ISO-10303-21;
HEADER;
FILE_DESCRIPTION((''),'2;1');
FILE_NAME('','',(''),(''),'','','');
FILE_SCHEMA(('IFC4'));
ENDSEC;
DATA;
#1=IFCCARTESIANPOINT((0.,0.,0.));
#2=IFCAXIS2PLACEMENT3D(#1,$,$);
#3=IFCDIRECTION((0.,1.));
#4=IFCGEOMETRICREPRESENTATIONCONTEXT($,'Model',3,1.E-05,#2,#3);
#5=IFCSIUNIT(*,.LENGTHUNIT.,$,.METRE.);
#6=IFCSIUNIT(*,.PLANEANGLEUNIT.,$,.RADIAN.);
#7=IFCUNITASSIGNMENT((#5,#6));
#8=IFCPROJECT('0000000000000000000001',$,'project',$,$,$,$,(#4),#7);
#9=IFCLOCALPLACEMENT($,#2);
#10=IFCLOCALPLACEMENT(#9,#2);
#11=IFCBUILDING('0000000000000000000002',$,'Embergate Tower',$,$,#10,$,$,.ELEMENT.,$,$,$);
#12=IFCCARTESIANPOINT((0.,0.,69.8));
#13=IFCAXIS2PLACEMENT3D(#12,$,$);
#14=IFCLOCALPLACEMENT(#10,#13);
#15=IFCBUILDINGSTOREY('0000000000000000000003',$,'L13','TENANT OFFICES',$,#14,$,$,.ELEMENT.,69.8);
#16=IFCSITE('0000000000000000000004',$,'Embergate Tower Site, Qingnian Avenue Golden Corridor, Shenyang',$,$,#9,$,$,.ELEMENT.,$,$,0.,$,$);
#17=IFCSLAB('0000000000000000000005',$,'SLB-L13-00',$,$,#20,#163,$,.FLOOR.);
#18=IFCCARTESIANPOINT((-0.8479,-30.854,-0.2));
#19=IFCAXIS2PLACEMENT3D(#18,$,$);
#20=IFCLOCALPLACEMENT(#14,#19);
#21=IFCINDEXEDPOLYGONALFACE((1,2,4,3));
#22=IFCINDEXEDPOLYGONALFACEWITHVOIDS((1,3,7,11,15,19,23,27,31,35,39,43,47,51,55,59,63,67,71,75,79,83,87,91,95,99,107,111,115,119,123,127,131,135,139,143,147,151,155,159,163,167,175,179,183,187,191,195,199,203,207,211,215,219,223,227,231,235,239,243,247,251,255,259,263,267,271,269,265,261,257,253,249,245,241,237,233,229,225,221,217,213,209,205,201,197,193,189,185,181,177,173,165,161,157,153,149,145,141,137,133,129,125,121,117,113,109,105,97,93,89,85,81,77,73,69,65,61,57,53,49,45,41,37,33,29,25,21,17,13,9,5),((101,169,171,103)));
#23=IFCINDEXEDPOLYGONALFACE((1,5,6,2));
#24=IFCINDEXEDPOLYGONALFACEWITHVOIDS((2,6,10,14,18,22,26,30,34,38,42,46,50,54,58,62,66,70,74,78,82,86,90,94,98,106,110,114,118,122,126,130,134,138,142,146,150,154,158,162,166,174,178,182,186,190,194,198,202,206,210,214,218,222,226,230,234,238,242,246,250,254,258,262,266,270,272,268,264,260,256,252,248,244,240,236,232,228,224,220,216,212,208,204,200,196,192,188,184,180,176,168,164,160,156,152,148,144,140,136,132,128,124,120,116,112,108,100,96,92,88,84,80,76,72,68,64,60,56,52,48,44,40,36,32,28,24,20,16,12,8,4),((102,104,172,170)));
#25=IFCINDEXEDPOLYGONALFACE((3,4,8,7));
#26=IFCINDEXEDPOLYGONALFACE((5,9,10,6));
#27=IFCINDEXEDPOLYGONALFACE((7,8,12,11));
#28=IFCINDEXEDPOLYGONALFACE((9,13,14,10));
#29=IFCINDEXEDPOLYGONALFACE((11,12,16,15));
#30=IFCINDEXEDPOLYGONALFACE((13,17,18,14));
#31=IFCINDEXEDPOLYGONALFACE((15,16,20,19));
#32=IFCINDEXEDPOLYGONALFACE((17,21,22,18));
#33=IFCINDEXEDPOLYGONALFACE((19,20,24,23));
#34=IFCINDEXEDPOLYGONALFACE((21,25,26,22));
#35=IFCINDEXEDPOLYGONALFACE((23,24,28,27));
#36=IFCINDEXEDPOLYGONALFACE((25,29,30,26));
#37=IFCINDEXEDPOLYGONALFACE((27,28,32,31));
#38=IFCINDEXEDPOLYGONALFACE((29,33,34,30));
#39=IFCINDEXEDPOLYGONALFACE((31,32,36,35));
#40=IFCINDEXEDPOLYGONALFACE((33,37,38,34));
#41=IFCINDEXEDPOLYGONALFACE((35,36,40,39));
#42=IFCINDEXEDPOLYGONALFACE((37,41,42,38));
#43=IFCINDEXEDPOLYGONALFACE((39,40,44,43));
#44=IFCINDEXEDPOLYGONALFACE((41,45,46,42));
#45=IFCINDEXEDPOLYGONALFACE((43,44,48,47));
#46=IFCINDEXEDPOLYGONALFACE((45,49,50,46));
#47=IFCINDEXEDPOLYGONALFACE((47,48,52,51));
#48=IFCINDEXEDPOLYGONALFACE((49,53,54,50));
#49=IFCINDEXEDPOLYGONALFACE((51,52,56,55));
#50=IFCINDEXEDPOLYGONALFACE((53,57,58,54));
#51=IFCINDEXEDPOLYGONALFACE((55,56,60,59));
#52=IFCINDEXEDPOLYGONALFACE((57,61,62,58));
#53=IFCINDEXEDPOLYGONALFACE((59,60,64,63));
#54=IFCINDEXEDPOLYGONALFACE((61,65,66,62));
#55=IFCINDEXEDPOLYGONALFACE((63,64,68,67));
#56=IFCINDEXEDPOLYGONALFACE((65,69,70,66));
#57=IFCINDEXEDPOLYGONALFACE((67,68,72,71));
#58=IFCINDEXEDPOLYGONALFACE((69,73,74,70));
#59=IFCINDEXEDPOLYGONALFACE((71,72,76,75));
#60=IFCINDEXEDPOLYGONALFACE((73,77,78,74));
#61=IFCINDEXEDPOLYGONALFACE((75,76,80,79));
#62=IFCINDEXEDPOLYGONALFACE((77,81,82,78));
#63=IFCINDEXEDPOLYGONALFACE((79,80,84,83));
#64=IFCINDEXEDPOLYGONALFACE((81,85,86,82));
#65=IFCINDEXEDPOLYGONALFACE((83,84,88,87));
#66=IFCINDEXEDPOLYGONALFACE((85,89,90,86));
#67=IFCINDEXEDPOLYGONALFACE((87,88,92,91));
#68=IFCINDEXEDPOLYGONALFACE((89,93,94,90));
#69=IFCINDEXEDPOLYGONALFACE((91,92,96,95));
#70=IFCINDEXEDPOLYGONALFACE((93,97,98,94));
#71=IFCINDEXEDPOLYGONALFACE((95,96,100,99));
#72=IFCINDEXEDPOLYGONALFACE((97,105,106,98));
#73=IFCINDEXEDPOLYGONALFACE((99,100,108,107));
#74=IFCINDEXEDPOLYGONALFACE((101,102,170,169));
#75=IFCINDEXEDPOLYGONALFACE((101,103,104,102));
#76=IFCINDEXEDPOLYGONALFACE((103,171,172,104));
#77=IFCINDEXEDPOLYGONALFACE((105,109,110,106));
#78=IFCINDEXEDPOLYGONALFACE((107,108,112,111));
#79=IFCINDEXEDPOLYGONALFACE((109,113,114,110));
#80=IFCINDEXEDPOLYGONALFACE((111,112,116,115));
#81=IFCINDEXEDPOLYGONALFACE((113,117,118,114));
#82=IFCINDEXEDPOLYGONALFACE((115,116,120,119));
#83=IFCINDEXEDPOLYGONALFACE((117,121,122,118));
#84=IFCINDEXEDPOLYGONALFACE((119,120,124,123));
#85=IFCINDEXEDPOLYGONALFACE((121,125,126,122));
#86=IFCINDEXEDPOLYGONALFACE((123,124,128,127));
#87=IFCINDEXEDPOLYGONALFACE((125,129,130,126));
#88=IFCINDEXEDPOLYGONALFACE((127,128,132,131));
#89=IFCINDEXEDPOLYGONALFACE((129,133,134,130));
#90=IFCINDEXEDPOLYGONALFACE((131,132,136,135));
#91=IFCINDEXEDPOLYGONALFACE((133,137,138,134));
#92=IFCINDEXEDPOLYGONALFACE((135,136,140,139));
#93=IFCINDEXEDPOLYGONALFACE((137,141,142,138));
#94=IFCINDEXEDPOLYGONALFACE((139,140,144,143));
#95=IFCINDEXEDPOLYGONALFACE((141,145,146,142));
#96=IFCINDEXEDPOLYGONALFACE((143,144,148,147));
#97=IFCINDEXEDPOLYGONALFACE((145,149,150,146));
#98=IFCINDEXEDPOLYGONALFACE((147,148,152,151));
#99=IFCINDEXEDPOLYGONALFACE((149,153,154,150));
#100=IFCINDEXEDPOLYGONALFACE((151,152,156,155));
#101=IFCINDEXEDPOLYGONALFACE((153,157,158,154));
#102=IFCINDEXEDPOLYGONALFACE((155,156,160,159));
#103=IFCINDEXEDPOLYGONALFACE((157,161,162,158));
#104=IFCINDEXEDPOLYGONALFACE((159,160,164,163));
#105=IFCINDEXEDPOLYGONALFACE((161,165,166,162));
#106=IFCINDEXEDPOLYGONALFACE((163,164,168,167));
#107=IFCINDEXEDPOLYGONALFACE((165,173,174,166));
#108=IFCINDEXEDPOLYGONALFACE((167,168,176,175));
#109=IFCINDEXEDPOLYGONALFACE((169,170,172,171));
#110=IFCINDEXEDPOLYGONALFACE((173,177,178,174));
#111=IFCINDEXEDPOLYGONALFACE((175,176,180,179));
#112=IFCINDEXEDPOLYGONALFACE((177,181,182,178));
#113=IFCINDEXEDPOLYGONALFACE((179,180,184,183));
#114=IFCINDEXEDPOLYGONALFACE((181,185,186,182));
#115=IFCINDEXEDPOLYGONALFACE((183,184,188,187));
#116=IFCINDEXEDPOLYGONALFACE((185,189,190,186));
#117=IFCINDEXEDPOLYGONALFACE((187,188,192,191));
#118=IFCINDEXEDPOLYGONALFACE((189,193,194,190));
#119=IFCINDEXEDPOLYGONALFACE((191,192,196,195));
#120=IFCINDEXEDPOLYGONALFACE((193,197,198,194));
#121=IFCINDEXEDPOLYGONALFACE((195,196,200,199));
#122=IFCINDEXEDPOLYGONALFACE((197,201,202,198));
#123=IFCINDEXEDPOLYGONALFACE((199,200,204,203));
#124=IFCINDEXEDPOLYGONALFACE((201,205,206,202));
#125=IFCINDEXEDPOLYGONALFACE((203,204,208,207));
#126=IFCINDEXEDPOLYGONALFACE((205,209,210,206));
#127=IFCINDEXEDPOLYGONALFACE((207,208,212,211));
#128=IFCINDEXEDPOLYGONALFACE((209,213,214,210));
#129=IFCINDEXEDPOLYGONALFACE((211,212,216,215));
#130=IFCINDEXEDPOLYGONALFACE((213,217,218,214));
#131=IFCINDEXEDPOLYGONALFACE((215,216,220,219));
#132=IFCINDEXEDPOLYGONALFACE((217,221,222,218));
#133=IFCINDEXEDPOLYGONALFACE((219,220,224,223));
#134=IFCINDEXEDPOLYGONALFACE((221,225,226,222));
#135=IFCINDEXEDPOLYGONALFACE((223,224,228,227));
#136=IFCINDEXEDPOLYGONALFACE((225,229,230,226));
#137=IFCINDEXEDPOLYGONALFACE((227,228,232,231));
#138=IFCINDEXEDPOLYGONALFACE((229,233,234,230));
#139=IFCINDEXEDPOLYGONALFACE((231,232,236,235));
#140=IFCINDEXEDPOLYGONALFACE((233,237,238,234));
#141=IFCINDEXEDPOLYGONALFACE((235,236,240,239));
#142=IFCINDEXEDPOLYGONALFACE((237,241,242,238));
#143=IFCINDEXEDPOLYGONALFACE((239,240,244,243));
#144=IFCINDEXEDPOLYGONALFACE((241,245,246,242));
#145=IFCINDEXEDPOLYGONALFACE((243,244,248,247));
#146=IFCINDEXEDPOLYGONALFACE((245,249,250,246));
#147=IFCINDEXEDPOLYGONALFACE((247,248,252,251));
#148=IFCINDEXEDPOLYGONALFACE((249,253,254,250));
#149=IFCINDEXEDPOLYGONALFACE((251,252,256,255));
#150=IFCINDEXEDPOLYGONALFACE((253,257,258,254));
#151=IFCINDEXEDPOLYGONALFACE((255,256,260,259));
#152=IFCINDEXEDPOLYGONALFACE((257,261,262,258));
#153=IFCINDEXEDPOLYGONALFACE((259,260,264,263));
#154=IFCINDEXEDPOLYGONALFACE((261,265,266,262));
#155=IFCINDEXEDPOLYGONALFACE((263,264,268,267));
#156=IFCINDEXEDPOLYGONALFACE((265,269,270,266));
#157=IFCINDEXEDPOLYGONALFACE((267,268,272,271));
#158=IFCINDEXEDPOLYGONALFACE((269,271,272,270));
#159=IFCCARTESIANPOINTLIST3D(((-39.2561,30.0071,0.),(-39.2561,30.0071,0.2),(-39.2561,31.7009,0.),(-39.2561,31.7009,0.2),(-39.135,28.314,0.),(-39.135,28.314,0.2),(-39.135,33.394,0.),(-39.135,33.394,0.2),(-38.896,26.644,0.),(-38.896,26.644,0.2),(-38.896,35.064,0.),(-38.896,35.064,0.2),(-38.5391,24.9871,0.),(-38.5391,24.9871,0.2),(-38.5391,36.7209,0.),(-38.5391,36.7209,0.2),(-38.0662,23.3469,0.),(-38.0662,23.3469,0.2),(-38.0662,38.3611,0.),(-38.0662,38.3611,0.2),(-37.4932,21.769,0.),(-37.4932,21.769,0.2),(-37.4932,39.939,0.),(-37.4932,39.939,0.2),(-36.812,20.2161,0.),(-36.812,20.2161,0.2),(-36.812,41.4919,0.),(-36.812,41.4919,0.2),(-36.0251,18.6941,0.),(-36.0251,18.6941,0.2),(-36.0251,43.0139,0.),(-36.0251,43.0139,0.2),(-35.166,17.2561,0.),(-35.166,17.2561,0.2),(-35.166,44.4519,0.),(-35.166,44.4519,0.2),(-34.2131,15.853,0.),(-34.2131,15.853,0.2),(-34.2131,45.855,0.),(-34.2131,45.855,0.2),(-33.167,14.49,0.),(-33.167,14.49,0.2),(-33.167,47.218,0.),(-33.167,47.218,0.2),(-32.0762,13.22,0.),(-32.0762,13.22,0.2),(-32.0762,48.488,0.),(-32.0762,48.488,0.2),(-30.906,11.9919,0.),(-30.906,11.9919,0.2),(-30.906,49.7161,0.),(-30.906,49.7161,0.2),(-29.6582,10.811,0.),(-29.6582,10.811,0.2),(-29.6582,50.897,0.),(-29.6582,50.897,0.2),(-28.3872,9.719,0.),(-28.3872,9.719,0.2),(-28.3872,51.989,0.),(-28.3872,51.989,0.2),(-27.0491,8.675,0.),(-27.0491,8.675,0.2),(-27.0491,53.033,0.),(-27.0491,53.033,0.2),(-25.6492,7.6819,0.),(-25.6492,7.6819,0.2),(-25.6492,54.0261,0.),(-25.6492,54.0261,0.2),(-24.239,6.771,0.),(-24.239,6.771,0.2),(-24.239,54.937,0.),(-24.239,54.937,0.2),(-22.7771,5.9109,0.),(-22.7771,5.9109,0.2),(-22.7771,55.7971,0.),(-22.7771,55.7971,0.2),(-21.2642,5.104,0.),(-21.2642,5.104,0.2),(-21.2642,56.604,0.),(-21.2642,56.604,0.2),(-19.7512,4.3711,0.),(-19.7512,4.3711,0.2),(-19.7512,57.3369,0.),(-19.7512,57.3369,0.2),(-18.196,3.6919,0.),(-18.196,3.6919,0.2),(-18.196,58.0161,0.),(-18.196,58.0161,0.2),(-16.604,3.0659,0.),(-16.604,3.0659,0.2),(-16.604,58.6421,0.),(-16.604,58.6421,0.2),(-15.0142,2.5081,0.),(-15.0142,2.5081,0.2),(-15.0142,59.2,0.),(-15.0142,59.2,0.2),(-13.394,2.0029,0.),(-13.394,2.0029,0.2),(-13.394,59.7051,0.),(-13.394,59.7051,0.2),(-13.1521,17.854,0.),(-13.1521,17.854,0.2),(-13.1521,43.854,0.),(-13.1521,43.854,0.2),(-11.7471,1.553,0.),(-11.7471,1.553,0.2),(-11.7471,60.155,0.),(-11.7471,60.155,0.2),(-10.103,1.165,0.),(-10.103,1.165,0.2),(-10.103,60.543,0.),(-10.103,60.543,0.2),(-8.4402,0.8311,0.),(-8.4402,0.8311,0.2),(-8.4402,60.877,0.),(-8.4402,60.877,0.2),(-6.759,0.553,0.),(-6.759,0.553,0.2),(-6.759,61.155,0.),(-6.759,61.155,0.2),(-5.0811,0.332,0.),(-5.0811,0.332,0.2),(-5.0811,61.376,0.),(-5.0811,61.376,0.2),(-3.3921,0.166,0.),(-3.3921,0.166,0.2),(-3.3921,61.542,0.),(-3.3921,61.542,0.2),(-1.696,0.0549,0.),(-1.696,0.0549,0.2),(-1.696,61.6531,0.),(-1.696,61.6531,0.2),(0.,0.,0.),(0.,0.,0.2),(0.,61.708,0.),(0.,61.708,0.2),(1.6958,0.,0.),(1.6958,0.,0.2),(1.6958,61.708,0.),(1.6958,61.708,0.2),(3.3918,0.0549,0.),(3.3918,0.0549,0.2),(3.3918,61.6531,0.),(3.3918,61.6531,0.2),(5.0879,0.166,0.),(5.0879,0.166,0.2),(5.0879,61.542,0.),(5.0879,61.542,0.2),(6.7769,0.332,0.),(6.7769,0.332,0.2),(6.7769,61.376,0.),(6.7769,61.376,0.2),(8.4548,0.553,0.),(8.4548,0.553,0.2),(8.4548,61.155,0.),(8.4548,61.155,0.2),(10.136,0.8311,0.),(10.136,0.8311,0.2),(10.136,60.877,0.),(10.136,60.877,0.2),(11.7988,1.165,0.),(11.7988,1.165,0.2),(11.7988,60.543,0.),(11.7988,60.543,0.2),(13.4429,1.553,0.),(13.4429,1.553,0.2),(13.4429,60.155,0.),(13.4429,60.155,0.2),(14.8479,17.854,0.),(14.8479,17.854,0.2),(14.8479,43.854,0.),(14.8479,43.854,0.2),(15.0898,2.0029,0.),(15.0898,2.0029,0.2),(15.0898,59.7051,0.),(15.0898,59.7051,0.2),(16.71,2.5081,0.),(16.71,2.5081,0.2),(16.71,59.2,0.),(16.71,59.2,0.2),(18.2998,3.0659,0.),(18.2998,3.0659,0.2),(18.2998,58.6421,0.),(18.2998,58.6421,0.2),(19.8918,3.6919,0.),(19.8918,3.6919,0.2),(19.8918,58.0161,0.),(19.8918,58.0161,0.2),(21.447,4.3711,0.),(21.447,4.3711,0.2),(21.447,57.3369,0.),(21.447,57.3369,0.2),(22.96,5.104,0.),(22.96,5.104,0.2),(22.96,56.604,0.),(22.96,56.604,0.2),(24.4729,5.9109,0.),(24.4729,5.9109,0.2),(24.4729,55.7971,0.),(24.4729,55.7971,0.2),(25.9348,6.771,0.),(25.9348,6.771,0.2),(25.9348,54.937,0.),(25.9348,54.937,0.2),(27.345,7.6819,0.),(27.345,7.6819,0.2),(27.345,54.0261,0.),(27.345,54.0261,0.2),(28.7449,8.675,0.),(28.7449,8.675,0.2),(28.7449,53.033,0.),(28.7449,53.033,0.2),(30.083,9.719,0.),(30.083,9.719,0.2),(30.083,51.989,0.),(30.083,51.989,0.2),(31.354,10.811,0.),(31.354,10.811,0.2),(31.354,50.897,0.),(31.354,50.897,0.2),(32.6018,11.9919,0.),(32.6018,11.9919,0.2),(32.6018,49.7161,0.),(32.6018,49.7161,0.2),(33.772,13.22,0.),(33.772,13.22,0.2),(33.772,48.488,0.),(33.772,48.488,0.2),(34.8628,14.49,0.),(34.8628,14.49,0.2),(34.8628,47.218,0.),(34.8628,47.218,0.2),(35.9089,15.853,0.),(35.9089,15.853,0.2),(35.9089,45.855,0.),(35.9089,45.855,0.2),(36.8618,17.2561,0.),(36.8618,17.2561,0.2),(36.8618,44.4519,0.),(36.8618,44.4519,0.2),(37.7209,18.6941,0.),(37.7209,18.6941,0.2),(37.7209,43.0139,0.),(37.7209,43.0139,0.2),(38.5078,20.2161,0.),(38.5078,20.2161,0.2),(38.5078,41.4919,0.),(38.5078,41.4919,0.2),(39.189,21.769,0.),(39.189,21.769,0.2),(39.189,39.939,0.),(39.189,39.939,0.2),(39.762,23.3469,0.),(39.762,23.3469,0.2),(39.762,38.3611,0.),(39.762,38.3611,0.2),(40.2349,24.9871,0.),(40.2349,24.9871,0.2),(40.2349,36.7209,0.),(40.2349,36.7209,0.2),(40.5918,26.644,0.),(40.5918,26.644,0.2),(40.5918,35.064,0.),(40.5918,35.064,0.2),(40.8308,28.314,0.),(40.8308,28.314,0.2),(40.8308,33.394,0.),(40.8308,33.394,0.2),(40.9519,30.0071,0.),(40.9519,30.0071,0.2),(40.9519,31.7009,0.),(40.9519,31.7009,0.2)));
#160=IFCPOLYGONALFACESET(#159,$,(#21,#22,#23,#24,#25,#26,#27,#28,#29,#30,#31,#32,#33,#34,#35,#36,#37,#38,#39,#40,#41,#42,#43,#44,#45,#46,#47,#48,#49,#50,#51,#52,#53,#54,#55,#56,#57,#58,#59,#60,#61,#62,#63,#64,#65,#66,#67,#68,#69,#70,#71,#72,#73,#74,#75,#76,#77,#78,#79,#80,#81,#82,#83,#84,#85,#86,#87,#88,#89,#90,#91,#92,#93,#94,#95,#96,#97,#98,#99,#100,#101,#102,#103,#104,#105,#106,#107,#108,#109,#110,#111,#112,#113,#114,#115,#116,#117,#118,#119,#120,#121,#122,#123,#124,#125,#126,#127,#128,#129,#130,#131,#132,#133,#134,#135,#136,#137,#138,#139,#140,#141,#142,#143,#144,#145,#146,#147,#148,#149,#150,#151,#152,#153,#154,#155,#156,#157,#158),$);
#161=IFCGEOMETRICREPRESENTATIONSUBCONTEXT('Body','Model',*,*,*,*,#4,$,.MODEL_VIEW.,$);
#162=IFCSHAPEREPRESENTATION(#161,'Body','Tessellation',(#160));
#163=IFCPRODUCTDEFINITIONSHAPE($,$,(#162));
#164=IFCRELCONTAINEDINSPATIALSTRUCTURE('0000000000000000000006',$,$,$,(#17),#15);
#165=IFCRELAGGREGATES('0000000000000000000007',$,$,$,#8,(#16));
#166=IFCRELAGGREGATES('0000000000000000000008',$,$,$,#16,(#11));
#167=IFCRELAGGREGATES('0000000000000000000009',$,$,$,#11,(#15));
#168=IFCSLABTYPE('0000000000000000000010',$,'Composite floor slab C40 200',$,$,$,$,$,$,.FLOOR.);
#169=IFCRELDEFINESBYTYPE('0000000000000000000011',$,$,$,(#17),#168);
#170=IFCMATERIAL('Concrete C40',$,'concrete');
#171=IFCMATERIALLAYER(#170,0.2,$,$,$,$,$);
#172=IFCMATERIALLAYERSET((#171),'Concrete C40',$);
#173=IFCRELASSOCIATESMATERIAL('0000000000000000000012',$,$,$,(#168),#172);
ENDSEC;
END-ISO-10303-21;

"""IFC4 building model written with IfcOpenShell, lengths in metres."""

from ifc_helpers import new_model, si_unit, direction, frame, origin, place, context, subcontext, project, spatial, polyline, outline, extrude, source, transform, mapped, material, layer, layer_set, type_object, element, save


model = new_model("IFC4")

# Units and contexts
model_context = context("Model", 3, precision=1e-05, world=origin(), true_north=direction((0.0, 1.0)))
body_context = subcontext(model_context, "Body", "Model", "MODEL_VIEW")
ifc_project = project(units=[si_unit("LENGTHUNIT", "METRE"), si_unit("PLANEANGLEUNIT", "RADIAN")], contexts=[model_context])

# Site, building, storey
site_placement = place(None, origin())
site = spatial("IfcSite", under=ifc_project, at=site_placement, Name="Embergate Tower Site, Qingnian Avenue Golden Corridor, Shenyang", CompositionType="ELEMENT", RefElevation=0.0)
building_placement = place(site_placement, origin())
building = spatial("IfcBuilding", under=site, at=building_placement, Name="Embergate Tower", CompositionType="ELEMENT")
storey_placement = place(building_placement, frame((0.0, 0.0, 69.8)))
storey = spatial("IfcBuildingStorey", under=building, at=storey_placement, Name="L13", Description="TENANT OFFICES", CompositionType="ELEMENT", Elevation=69.8)

# Slab
ifc_material_1 = material(Name="Concrete C40", Category="concrete")
ifc_layer_1 = layer(ifc_material_1, 0.2)
ifc_layer_set_1 = layer_set([ifc_layer_1], Name="Concrete C40")
slab_type = type_object("IfcSlabType", Name="Composite floor slab C40 200", PredefinedType="FLOOR", material=ifc_layer_set_1)
shared_shape_1 = source(origin(), body_context, "Body", "SweptSolid", [
    extrude(outline(polyline([(0.0, 0.0), (1.6958, 0.0), (3.3918, 0.0549), (5.0879, 0.166), (6.7769, 0.332), (8.4548, 0.553), (10.136, 0.8311), (11.7988, 1.165), (13.4429, 1.553), (15.0898, 2.0029), (16.71, 2.5081), (18.2998, 3.0659), (19.8918, 3.6919), (21.447, 4.3711), (22.96, 5.104), (24.4729, 5.9109), (25.9348, 6.771), (27.345, 7.6819), (28.7449, 8.675), (30.083, 9.719), (31.354, 10.811), (32.6018, 11.9919), (33.772, 13.22), (34.8628, 14.49), (35.9089, 15.853), (36.8618, 17.2561), (37.7209, 18.6941), (38.5078, 20.2161), (39.189, 21.769), (39.762, 23.3469), (40.2349, 24.9871), (40.5918, 26.644), (40.8308, 28.314), (40.9519, 30.0071), (40.9519, 31.7009), (40.8308, 33.394), (40.5918, 35.064), (40.2349, 36.7209), (39.762, 38.3611), (39.189, 39.939), (38.5078, 41.4919), (37.7209, 43.0139), (36.8618, 44.4519), (35.9089, 45.855), (34.8628, 47.218), (33.772, 48.488), (32.6018, 49.7161), (31.354, 50.897), (30.083, 51.989), (28.7449, 53.033), (27.345, 54.0261), (25.9348, 54.937), (24.4729, 55.7971), (22.96, 56.604), (21.447, 57.3369), (19.8918, 58.0161), (18.2998, 58.6421), (16.71, 59.2), (15.0898, 59.7051), (13.4429, 60.155), (11.7988, 60.543), (10.136, 60.877), (8.4548, 61.155), (6.7769, 61.376), (5.0879, 61.542), (3.3918, 61.6531), (1.6958, 61.708), (0.0, 61.708), (-1.696, 61.6531), (-3.3921, 61.542), (-5.0811, 61.376), (-6.759, 61.155), (-8.4402, 60.877), (-10.103, 60.543), (-11.7471, 60.155), (-13.394, 59.7051), (-15.0142, 59.2), (-16.604, 58.6421), (-18.196, 58.0161), (-19.7512, 57.3369), (-21.2642, 56.604), (-22.7771, 55.7971), (-24.239, 54.937), (-25.6492, 54.0261), (-27.0491, 53.033), (-28.3872, 51.989), (-29.6582, 50.897), (-30.906, 49.7161), (-32.0762, 48.488), (-33.167, 47.218), (-34.2131, 45.855), (-35.166, 44.4519), (-36.0251, 43.0139), (-36.812, 41.4919), (-37.4932, 39.939), (-38.0662, 38.3611), (-38.5391, 36.7209), (-38.896, 35.064), (-39.135, 33.394), (-39.2561, 31.7009), (-39.2561, 30.0071), (-39.135, 28.314), (-38.896, 26.644), (-38.5391, 24.9871), (-38.0662, 23.3469), (-37.4932, 21.769), (-36.812, 20.2161), (-36.0251, 18.6941), (-35.166, 17.2561), (-34.2131, 15.853), (-33.167, 14.49), (-32.0762, 13.22), (-30.906, 11.9919), (-29.6582, 10.811), (-28.3872, 9.719), (-27.0491, 8.675), (-25.6492, 7.6819), (-24.239, 6.771), (-22.7771, 5.9109), (-21.2642, 5.104), (-19.7512, 4.3711), (-18.196, 3.6919), (-16.604, 3.0659), (-15.0142, 2.5081), (-13.394, 2.0029), (-11.7471, 1.553), (-10.103, 1.165), (-8.4402, 0.8311), (-6.759, 0.553), (-5.0811, 0.332), (-3.3921, 0.166), (-1.696, 0.0549), (0.0, 0.0)]), holes=[polyline([(-13.1521, 17.854), (-13.1521, 43.854), (14.8479, 43.854), (14.8479, 17.854), (-13.1521, 17.854)])]), origin(), (0.0, 0.0, 1.0), 0.2),
])
slab_placement = place(storey_placement, frame((-0.8479, -30.854, -0.2)))
element("IfcSlab", 1, at=slab_placement, inside=storey, type_object=slab_type, Name="SLB-L13-00", PredefinedType="FLOOR", context=body_context, shape_type="MappedRepresentation", body=[
    mapped(shared_shape_1, transform((0.0, 0.0, 0.0))),
])

save(model, "model.ifc")
